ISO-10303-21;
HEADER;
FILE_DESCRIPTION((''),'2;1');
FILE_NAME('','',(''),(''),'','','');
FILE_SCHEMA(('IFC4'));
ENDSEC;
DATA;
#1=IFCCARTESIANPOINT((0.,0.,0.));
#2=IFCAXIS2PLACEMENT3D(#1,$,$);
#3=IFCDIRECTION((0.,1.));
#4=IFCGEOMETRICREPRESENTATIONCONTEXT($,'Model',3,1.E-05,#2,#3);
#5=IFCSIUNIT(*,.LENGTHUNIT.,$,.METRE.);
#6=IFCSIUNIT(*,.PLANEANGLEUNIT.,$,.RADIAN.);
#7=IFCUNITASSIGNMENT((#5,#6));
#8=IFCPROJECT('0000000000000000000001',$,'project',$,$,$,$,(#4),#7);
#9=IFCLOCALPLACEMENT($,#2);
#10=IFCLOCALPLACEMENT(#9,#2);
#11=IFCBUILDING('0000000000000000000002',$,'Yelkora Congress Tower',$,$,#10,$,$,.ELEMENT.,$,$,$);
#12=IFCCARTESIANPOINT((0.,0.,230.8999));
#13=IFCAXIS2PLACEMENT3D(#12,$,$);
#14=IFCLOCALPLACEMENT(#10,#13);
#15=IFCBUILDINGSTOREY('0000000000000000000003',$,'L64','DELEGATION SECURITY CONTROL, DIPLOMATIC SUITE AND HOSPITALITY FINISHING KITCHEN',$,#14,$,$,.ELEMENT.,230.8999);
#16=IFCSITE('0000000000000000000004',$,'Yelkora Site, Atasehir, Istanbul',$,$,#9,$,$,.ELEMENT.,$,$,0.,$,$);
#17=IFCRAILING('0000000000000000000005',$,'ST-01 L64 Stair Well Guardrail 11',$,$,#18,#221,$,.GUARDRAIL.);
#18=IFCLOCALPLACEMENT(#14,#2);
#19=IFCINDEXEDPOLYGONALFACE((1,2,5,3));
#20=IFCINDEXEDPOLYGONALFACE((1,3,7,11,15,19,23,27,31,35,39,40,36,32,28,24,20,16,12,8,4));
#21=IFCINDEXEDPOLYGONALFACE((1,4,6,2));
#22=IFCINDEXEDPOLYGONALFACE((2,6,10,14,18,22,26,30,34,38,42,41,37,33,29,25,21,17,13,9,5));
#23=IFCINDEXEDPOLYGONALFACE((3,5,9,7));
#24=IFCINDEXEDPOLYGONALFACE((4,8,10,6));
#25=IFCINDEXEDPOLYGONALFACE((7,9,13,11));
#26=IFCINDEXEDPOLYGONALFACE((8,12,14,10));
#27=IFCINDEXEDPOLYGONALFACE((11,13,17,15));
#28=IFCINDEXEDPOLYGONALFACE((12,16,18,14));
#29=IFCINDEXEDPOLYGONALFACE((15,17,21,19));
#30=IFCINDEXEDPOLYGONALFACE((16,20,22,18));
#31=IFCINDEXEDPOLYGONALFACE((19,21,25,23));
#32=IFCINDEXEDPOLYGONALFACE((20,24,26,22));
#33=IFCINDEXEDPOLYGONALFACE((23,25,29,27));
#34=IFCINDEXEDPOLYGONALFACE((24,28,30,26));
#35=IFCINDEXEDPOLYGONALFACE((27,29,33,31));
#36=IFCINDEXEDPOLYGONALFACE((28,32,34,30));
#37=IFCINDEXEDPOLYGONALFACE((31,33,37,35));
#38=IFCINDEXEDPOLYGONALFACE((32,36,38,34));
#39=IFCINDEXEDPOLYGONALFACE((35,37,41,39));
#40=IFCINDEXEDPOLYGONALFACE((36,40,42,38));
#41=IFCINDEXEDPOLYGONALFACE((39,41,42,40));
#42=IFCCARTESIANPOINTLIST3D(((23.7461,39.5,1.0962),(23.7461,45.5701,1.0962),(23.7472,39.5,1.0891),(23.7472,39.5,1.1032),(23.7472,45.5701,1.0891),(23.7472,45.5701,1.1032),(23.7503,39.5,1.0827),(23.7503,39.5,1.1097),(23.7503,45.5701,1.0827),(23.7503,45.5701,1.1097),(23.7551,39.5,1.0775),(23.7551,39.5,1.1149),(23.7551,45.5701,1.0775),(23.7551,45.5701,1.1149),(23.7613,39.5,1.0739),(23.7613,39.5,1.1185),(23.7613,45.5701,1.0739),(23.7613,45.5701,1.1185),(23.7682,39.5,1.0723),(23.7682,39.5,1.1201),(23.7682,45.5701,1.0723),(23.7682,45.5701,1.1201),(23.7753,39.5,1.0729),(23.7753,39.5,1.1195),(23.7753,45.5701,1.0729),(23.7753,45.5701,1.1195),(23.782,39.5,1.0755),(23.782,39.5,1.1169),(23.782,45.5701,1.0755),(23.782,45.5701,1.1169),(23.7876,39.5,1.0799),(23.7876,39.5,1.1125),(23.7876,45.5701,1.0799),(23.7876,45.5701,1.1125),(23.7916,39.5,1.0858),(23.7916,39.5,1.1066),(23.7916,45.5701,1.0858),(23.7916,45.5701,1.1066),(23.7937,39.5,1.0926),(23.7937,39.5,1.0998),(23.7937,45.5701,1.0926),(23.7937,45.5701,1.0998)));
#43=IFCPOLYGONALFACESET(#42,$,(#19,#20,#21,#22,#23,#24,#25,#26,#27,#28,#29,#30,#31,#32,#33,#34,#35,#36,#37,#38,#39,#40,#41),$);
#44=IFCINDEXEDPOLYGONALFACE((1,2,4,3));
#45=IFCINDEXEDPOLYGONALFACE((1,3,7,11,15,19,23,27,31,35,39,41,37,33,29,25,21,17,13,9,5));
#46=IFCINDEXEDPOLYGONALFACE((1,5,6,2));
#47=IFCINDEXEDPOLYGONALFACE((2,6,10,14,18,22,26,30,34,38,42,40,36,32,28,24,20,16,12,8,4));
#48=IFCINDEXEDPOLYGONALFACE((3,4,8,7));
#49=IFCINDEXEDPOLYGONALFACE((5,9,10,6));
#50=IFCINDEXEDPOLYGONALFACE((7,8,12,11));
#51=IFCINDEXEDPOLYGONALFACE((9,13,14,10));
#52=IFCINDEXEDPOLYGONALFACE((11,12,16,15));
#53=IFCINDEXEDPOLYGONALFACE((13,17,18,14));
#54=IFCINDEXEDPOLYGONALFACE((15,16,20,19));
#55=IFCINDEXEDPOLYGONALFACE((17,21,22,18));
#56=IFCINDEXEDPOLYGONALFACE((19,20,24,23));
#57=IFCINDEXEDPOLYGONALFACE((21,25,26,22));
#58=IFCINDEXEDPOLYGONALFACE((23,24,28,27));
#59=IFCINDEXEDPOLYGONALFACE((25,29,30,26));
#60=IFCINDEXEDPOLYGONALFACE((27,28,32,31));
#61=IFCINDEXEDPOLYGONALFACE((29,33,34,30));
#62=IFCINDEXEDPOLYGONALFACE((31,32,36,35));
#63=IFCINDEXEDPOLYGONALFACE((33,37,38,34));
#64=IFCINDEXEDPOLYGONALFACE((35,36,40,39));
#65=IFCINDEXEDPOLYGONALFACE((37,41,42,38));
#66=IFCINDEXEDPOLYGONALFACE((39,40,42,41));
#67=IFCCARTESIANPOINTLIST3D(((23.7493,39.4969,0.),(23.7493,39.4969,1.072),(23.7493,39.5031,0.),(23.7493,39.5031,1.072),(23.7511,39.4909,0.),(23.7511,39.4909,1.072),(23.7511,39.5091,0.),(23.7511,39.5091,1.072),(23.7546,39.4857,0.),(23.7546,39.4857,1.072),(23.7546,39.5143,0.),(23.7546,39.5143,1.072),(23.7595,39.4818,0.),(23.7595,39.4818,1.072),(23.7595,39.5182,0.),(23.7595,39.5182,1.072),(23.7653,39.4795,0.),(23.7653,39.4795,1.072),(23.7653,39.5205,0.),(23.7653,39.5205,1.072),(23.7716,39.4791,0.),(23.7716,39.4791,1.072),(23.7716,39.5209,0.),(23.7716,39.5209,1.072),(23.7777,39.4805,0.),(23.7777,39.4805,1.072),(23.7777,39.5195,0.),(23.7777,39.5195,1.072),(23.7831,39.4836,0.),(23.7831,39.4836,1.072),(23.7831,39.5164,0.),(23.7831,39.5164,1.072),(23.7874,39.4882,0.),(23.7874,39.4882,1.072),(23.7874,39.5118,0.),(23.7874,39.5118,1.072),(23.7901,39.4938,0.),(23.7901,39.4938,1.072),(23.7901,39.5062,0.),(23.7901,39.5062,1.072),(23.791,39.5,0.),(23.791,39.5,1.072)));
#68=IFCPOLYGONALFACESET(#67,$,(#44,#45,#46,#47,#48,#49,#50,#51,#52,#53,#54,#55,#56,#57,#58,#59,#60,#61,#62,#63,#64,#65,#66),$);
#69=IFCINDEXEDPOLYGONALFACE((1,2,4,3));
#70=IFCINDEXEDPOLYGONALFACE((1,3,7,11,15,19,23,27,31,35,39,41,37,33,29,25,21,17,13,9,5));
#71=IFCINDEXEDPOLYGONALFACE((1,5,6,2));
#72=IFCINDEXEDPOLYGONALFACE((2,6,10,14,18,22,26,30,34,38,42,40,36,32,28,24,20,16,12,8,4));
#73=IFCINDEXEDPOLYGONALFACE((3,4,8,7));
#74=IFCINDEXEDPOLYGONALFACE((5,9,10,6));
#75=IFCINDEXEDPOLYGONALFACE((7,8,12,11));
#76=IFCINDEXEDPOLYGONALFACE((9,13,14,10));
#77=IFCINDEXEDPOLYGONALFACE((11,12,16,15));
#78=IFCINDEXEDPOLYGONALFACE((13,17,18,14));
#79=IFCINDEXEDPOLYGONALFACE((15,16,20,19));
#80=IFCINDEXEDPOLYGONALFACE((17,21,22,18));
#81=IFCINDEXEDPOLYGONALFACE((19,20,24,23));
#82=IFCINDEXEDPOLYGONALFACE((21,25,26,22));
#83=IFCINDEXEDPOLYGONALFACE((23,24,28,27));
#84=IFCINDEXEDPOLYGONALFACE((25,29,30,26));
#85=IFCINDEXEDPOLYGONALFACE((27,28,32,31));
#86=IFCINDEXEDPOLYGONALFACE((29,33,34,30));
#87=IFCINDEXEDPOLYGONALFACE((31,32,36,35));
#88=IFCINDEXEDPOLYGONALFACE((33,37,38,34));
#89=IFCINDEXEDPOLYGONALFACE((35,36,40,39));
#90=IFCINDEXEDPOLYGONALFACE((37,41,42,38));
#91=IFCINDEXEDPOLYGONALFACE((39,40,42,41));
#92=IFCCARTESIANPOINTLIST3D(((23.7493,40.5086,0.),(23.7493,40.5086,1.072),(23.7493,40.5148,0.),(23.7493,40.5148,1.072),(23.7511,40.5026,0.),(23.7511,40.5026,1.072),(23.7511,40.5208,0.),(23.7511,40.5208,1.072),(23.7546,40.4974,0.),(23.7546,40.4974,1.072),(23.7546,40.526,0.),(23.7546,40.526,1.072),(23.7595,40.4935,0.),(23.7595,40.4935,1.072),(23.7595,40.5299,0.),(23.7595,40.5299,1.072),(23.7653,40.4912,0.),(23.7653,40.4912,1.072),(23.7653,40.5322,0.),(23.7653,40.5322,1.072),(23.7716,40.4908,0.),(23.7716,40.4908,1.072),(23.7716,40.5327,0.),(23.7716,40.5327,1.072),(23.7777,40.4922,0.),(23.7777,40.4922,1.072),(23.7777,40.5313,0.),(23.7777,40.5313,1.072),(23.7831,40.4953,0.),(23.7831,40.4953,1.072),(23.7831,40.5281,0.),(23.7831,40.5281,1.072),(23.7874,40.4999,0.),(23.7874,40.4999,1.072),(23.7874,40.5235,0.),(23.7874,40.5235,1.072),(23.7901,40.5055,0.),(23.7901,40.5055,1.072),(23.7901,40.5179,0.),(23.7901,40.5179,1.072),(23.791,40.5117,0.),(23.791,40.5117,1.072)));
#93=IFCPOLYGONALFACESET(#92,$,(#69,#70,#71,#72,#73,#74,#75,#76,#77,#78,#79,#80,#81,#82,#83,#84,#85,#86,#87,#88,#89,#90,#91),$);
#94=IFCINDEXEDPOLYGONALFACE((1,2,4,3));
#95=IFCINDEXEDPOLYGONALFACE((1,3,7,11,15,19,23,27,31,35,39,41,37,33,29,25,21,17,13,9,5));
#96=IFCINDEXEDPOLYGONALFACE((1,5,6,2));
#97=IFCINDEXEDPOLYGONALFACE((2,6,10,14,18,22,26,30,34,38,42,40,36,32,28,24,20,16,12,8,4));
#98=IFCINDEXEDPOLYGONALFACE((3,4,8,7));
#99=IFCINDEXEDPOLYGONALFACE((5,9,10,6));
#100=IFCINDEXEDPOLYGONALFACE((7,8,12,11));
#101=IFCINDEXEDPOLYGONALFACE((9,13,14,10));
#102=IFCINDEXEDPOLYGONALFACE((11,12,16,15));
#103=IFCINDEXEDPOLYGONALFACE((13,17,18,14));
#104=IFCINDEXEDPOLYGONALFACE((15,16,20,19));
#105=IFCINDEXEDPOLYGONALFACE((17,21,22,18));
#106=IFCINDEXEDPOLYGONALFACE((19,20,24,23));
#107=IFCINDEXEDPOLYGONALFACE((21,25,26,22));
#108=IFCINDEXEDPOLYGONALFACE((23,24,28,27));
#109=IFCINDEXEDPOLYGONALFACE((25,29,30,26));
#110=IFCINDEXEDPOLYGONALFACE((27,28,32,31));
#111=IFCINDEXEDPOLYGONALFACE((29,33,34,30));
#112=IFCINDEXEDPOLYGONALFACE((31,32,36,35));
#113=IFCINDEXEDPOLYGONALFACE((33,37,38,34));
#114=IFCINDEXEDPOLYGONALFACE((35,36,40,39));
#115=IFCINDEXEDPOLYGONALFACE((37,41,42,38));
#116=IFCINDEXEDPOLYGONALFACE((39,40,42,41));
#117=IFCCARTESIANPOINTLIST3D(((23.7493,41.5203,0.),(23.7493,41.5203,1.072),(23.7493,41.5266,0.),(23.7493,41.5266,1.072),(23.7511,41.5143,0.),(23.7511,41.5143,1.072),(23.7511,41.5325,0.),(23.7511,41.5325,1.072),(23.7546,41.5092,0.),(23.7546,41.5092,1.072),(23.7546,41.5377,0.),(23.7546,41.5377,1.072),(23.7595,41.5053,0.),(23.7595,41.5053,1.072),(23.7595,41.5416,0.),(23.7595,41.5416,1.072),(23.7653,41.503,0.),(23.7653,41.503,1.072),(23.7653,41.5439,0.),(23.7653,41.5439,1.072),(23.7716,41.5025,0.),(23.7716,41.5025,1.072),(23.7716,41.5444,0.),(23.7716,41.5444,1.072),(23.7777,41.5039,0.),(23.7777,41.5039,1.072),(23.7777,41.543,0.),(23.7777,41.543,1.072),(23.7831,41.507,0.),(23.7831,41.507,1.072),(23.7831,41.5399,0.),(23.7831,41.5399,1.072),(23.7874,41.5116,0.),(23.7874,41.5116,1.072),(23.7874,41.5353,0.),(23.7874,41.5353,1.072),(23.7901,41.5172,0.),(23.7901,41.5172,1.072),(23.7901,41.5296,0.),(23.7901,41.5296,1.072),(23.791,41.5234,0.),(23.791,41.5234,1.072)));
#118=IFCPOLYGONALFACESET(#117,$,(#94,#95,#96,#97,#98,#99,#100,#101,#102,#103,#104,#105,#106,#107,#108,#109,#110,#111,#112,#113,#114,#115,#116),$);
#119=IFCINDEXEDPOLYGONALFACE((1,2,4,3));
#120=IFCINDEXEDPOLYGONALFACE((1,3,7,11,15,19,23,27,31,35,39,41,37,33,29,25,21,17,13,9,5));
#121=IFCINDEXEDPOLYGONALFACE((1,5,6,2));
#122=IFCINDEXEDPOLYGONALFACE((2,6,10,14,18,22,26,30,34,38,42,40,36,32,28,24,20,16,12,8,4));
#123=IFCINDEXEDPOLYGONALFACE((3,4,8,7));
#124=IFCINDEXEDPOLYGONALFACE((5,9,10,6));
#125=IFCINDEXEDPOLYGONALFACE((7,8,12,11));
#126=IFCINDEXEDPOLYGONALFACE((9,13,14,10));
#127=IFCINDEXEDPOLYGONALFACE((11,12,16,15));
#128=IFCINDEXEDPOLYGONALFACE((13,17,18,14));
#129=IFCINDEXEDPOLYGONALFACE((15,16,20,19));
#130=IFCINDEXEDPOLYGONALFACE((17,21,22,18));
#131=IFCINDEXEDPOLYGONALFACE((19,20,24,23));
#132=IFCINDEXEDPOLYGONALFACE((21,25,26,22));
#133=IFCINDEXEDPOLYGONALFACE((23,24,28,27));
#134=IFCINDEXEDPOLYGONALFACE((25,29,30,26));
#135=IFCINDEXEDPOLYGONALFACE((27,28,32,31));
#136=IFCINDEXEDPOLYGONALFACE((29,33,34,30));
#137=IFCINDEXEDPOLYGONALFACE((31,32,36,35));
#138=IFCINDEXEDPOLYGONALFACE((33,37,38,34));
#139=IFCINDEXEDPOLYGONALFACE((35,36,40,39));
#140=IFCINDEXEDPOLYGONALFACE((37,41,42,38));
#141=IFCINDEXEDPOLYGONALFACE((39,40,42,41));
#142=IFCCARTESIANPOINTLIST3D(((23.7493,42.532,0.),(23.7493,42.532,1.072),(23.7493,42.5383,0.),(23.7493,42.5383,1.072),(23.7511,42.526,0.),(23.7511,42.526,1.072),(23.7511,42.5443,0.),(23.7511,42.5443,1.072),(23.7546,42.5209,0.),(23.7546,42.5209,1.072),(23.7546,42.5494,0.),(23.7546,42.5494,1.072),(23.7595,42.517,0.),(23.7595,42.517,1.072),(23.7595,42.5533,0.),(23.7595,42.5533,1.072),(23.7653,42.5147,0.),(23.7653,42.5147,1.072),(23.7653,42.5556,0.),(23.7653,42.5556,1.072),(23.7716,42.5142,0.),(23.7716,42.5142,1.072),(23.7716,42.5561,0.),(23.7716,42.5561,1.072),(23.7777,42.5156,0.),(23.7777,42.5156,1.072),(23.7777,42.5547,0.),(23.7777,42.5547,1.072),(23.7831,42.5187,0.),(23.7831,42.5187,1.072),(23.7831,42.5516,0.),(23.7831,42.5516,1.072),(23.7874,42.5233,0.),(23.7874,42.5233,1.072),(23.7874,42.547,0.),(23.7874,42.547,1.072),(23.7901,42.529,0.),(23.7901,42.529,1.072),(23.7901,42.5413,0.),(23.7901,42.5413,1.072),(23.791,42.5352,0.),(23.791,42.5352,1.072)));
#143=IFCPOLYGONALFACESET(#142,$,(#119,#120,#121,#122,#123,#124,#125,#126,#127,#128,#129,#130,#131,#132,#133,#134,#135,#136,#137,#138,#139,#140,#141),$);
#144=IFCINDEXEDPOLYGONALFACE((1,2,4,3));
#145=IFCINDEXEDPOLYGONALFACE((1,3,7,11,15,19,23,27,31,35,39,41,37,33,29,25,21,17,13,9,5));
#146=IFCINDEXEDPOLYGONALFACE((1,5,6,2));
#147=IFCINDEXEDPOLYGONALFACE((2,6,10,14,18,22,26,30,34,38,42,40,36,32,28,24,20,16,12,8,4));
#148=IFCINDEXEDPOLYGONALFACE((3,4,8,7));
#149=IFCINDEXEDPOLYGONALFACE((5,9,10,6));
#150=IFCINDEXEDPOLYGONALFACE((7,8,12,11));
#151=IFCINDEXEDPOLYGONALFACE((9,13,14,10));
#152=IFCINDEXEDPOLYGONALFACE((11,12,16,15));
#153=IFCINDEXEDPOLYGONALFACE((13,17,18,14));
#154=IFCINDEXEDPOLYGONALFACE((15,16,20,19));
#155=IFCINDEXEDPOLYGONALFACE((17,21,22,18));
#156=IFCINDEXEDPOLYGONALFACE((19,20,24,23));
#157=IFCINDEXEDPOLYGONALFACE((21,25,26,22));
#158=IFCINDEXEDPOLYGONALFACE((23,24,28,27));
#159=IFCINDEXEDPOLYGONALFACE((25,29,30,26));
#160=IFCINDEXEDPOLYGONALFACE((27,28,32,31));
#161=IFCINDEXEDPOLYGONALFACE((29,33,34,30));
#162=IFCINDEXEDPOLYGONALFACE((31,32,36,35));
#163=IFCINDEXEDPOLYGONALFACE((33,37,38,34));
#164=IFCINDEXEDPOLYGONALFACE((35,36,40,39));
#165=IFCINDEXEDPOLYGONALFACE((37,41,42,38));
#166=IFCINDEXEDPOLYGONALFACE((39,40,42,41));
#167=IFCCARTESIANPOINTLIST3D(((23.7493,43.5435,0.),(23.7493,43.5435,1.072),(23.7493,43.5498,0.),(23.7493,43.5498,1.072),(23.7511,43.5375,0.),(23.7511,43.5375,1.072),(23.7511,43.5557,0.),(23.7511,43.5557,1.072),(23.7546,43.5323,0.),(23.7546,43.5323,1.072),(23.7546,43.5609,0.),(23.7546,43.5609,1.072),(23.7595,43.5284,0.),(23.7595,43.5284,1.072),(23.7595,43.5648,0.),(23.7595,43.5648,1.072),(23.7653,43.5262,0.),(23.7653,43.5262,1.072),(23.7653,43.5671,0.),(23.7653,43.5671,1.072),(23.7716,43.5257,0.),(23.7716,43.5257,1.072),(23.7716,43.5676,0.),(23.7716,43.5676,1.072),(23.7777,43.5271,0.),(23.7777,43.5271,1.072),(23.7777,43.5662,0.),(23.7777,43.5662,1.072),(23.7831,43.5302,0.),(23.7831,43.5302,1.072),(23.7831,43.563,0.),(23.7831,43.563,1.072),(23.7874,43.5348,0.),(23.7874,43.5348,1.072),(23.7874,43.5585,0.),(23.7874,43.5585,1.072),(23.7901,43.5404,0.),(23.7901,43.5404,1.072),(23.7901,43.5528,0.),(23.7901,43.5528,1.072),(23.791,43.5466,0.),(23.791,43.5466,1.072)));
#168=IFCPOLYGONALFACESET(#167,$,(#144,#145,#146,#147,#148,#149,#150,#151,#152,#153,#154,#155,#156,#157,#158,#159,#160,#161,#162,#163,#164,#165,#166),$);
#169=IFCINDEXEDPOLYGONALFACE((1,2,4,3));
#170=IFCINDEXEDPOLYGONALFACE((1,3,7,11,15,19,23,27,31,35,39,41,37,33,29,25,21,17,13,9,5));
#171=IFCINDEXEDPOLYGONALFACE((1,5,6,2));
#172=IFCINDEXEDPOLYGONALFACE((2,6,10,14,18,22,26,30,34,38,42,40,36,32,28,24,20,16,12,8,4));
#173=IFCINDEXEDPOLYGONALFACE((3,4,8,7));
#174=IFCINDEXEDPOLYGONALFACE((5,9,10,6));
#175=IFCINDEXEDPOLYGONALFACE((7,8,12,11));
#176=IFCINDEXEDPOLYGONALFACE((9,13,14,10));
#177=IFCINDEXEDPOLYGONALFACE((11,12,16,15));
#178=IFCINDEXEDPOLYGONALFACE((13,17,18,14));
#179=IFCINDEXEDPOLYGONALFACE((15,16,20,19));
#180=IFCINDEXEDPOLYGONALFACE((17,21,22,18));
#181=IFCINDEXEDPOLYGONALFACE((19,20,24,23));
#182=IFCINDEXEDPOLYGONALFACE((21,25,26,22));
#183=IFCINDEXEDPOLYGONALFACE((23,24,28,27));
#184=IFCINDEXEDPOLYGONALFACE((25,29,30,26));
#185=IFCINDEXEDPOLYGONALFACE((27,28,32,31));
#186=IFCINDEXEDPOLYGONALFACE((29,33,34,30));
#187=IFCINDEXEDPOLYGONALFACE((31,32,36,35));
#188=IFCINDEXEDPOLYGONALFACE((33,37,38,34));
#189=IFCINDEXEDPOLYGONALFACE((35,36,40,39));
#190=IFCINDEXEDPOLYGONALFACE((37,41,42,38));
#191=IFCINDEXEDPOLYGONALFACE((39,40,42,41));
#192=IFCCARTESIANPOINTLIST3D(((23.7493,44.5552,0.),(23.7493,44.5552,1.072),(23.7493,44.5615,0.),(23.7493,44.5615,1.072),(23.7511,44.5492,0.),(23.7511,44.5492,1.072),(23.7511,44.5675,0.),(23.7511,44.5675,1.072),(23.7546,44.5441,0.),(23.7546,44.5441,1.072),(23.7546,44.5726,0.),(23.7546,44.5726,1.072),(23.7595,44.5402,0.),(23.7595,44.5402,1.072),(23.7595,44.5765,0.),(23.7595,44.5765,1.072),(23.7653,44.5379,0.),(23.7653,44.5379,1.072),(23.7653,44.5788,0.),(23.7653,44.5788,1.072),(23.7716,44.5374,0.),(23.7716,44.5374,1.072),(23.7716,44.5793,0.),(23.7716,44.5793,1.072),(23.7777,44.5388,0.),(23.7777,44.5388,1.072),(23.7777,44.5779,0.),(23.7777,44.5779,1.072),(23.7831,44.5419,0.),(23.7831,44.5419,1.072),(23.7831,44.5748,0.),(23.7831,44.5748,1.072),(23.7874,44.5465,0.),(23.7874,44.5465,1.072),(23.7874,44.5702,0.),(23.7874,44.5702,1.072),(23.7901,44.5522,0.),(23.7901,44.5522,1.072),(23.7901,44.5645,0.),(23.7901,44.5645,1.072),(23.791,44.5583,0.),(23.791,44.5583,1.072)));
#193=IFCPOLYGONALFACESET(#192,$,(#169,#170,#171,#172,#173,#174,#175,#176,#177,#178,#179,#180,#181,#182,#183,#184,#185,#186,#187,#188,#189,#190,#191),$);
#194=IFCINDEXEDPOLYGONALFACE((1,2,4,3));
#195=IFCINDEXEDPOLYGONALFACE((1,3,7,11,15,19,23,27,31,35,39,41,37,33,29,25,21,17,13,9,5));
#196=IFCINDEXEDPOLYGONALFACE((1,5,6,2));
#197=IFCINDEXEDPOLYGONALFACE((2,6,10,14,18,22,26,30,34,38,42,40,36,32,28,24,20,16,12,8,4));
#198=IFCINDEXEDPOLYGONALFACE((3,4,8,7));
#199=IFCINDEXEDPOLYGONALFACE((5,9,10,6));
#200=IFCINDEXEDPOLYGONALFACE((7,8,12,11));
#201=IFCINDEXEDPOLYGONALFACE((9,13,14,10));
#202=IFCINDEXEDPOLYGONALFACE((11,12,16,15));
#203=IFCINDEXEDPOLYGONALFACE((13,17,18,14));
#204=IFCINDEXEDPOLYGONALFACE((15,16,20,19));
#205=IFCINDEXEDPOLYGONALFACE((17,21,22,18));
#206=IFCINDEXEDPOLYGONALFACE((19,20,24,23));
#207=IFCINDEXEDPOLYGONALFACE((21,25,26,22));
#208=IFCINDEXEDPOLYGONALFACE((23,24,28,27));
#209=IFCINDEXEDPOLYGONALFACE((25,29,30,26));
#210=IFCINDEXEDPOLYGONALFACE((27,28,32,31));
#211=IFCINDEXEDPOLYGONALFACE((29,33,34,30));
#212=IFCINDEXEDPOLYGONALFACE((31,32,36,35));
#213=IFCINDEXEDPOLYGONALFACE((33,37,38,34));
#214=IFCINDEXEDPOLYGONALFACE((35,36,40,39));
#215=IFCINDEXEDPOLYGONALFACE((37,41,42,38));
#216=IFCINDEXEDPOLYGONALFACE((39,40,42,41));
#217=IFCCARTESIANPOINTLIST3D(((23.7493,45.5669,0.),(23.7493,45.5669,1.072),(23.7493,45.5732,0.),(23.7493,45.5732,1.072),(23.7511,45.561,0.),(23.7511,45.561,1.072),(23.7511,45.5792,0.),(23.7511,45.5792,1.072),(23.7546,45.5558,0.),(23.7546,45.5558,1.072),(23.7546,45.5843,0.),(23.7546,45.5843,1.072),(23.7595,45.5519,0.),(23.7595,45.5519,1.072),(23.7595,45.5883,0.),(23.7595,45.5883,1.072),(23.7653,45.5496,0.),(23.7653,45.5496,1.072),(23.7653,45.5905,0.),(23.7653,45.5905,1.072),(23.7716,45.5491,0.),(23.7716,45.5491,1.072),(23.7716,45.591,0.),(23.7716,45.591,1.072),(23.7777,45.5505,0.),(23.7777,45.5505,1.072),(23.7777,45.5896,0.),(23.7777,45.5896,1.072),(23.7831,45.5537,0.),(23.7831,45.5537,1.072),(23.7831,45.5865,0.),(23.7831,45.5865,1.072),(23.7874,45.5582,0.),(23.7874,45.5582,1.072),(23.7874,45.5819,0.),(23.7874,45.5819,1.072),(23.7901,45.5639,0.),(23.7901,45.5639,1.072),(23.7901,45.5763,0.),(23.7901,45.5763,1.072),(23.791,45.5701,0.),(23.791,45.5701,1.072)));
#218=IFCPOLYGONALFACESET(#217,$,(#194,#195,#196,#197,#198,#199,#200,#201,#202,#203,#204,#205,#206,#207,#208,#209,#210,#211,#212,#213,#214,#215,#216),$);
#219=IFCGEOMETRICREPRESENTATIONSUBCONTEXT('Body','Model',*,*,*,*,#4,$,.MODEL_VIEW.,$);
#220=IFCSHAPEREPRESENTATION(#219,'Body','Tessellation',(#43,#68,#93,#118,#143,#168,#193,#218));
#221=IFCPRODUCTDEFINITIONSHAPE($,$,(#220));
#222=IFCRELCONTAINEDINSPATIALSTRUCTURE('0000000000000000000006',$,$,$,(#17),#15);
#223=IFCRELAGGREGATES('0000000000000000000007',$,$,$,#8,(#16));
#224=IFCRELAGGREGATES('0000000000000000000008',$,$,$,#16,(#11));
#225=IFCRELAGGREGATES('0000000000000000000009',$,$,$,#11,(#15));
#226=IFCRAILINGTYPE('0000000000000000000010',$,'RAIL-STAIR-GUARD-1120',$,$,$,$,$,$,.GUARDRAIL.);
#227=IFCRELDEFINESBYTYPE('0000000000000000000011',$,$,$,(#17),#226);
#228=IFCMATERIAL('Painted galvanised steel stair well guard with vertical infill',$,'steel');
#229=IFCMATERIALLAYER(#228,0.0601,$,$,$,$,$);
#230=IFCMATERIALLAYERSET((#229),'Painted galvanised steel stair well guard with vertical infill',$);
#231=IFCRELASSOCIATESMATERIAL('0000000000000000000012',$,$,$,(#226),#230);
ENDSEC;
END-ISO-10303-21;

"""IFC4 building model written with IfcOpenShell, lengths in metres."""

from ifc_helpers import new_model, si_unit, direction, frame, origin, origin_2d, place, context, subcontext, project, spatial, circle, extrude, material, layer, layer_set, type_object, element, save


model = new_model("IFC4")

# Units and contexts
model_context = context("Model", 3, precision=1e-05, world=origin(), true_north=direction((0.0, 1.0)))
body_context = subcontext(model_context, "Body", "Model", "MODEL_VIEW")
ifc_project = project(units=[si_unit("LENGTHUNIT", "METRE"), si_unit("PLANEANGLEUNIT", "RADIAN")], contexts=[model_context])

# Site, building, storey
site_placement = place(None, origin())
site = spatial("IfcSite", under=ifc_project, at=site_placement, Name="Yelkora Site, Atasehir, Istanbul", CompositionType="ELEMENT", RefElevation=0.0)
building_placement = place(site_placement, origin())
building = spatial("IfcBuilding", under=site, at=building_placement, Name="Yelkora Congress Tower", CompositionType="ELEMENT")
storey_placement = place(building_placement, frame((0.0, 0.0, 230.8999)))
storey = spatial("IfcBuildingStorey", under=building, at=storey_placement, Name="L64", Description="DELEGATION SECURITY CONTROL, DIPLOMATIC SUITE AND HOSPITALITY FINISHING KITCHEN", CompositionType="ELEMENT", Elevation=230.8999)

# Railing
ifc_material_1 = material(Name="Painted galvanised steel stair well guard with vertical infill", Category="steel")
ifc_layer_1 = layer(ifc_material_1, 0.0601)
ifc_layer_set_1 = layer_set([ifc_layer_1], Name="Painted galvanised steel stair well guard with vertical infill")
railing_type_1 = type_object("IfcRailingType", Name="RAIL-STAIR-GUARD-1120", PredefinedType="GUARDRAIL", material=ifc_layer_set_1)
railing_1_placement = place(storey_placement, frame((23.77, 39.5, 0.0)))
element("IfcRailing", 1, at=railing_1_placement, inside=storey, type_object=railing_type_1, Name="ST-01 L64 Stair Well Guardrail 11", PredefinedType="GUARDRAIL", context=body_context, shape_type="SweptSolid", body=[
    extrude(circle(Radius=0.0239, at=origin_2d()), frame((0.0, 0.0, 1.0962), z_axis=(0.0, 1.0, 0.0), x_axis=(-1.0, 0.0, 0.0)), (0.0, 0.0, 1.0), 6.0701),
    extrude(circle(Radius=0.021, at=origin_2d()), origin(), (0.0, 0.0, 1.0), 1.072),
    extrude(circle(Radius=0.021, at=origin_2d()), frame((0.0, 1.0117, 0.0)), (0.0, 0.0, 1.0), 1.072),
    extrude(circle(Radius=0.021, at=origin_2d()), frame((0.0, 2.0234, 0.0)), (0.0, 0.0, 1.0), 1.072),
    extrude(circle(Radius=0.021, at=origin_2d()), frame((0.0, 3.0352, 0.0)), (0.0, 0.0, 1.0), 1.072),
    extrude(circle(Radius=0.021, at=origin_2d()), frame((0.0, 4.0466, 0.0)), (0.0, 0.0, 1.0), 1.072),
    extrude(circle(Radius=0.021, at=origin_2d()), frame((0.0, 5.0583, 0.0)), (0.0, 0.0, 1.0), 1.072),
    extrude(circle(Radius=0.021, at=origin_2d()), frame((0.0, 6.0701, 0.0)), (0.0, 0.0, 1.0), 1.072),
])

save(model, "model.ifc")
